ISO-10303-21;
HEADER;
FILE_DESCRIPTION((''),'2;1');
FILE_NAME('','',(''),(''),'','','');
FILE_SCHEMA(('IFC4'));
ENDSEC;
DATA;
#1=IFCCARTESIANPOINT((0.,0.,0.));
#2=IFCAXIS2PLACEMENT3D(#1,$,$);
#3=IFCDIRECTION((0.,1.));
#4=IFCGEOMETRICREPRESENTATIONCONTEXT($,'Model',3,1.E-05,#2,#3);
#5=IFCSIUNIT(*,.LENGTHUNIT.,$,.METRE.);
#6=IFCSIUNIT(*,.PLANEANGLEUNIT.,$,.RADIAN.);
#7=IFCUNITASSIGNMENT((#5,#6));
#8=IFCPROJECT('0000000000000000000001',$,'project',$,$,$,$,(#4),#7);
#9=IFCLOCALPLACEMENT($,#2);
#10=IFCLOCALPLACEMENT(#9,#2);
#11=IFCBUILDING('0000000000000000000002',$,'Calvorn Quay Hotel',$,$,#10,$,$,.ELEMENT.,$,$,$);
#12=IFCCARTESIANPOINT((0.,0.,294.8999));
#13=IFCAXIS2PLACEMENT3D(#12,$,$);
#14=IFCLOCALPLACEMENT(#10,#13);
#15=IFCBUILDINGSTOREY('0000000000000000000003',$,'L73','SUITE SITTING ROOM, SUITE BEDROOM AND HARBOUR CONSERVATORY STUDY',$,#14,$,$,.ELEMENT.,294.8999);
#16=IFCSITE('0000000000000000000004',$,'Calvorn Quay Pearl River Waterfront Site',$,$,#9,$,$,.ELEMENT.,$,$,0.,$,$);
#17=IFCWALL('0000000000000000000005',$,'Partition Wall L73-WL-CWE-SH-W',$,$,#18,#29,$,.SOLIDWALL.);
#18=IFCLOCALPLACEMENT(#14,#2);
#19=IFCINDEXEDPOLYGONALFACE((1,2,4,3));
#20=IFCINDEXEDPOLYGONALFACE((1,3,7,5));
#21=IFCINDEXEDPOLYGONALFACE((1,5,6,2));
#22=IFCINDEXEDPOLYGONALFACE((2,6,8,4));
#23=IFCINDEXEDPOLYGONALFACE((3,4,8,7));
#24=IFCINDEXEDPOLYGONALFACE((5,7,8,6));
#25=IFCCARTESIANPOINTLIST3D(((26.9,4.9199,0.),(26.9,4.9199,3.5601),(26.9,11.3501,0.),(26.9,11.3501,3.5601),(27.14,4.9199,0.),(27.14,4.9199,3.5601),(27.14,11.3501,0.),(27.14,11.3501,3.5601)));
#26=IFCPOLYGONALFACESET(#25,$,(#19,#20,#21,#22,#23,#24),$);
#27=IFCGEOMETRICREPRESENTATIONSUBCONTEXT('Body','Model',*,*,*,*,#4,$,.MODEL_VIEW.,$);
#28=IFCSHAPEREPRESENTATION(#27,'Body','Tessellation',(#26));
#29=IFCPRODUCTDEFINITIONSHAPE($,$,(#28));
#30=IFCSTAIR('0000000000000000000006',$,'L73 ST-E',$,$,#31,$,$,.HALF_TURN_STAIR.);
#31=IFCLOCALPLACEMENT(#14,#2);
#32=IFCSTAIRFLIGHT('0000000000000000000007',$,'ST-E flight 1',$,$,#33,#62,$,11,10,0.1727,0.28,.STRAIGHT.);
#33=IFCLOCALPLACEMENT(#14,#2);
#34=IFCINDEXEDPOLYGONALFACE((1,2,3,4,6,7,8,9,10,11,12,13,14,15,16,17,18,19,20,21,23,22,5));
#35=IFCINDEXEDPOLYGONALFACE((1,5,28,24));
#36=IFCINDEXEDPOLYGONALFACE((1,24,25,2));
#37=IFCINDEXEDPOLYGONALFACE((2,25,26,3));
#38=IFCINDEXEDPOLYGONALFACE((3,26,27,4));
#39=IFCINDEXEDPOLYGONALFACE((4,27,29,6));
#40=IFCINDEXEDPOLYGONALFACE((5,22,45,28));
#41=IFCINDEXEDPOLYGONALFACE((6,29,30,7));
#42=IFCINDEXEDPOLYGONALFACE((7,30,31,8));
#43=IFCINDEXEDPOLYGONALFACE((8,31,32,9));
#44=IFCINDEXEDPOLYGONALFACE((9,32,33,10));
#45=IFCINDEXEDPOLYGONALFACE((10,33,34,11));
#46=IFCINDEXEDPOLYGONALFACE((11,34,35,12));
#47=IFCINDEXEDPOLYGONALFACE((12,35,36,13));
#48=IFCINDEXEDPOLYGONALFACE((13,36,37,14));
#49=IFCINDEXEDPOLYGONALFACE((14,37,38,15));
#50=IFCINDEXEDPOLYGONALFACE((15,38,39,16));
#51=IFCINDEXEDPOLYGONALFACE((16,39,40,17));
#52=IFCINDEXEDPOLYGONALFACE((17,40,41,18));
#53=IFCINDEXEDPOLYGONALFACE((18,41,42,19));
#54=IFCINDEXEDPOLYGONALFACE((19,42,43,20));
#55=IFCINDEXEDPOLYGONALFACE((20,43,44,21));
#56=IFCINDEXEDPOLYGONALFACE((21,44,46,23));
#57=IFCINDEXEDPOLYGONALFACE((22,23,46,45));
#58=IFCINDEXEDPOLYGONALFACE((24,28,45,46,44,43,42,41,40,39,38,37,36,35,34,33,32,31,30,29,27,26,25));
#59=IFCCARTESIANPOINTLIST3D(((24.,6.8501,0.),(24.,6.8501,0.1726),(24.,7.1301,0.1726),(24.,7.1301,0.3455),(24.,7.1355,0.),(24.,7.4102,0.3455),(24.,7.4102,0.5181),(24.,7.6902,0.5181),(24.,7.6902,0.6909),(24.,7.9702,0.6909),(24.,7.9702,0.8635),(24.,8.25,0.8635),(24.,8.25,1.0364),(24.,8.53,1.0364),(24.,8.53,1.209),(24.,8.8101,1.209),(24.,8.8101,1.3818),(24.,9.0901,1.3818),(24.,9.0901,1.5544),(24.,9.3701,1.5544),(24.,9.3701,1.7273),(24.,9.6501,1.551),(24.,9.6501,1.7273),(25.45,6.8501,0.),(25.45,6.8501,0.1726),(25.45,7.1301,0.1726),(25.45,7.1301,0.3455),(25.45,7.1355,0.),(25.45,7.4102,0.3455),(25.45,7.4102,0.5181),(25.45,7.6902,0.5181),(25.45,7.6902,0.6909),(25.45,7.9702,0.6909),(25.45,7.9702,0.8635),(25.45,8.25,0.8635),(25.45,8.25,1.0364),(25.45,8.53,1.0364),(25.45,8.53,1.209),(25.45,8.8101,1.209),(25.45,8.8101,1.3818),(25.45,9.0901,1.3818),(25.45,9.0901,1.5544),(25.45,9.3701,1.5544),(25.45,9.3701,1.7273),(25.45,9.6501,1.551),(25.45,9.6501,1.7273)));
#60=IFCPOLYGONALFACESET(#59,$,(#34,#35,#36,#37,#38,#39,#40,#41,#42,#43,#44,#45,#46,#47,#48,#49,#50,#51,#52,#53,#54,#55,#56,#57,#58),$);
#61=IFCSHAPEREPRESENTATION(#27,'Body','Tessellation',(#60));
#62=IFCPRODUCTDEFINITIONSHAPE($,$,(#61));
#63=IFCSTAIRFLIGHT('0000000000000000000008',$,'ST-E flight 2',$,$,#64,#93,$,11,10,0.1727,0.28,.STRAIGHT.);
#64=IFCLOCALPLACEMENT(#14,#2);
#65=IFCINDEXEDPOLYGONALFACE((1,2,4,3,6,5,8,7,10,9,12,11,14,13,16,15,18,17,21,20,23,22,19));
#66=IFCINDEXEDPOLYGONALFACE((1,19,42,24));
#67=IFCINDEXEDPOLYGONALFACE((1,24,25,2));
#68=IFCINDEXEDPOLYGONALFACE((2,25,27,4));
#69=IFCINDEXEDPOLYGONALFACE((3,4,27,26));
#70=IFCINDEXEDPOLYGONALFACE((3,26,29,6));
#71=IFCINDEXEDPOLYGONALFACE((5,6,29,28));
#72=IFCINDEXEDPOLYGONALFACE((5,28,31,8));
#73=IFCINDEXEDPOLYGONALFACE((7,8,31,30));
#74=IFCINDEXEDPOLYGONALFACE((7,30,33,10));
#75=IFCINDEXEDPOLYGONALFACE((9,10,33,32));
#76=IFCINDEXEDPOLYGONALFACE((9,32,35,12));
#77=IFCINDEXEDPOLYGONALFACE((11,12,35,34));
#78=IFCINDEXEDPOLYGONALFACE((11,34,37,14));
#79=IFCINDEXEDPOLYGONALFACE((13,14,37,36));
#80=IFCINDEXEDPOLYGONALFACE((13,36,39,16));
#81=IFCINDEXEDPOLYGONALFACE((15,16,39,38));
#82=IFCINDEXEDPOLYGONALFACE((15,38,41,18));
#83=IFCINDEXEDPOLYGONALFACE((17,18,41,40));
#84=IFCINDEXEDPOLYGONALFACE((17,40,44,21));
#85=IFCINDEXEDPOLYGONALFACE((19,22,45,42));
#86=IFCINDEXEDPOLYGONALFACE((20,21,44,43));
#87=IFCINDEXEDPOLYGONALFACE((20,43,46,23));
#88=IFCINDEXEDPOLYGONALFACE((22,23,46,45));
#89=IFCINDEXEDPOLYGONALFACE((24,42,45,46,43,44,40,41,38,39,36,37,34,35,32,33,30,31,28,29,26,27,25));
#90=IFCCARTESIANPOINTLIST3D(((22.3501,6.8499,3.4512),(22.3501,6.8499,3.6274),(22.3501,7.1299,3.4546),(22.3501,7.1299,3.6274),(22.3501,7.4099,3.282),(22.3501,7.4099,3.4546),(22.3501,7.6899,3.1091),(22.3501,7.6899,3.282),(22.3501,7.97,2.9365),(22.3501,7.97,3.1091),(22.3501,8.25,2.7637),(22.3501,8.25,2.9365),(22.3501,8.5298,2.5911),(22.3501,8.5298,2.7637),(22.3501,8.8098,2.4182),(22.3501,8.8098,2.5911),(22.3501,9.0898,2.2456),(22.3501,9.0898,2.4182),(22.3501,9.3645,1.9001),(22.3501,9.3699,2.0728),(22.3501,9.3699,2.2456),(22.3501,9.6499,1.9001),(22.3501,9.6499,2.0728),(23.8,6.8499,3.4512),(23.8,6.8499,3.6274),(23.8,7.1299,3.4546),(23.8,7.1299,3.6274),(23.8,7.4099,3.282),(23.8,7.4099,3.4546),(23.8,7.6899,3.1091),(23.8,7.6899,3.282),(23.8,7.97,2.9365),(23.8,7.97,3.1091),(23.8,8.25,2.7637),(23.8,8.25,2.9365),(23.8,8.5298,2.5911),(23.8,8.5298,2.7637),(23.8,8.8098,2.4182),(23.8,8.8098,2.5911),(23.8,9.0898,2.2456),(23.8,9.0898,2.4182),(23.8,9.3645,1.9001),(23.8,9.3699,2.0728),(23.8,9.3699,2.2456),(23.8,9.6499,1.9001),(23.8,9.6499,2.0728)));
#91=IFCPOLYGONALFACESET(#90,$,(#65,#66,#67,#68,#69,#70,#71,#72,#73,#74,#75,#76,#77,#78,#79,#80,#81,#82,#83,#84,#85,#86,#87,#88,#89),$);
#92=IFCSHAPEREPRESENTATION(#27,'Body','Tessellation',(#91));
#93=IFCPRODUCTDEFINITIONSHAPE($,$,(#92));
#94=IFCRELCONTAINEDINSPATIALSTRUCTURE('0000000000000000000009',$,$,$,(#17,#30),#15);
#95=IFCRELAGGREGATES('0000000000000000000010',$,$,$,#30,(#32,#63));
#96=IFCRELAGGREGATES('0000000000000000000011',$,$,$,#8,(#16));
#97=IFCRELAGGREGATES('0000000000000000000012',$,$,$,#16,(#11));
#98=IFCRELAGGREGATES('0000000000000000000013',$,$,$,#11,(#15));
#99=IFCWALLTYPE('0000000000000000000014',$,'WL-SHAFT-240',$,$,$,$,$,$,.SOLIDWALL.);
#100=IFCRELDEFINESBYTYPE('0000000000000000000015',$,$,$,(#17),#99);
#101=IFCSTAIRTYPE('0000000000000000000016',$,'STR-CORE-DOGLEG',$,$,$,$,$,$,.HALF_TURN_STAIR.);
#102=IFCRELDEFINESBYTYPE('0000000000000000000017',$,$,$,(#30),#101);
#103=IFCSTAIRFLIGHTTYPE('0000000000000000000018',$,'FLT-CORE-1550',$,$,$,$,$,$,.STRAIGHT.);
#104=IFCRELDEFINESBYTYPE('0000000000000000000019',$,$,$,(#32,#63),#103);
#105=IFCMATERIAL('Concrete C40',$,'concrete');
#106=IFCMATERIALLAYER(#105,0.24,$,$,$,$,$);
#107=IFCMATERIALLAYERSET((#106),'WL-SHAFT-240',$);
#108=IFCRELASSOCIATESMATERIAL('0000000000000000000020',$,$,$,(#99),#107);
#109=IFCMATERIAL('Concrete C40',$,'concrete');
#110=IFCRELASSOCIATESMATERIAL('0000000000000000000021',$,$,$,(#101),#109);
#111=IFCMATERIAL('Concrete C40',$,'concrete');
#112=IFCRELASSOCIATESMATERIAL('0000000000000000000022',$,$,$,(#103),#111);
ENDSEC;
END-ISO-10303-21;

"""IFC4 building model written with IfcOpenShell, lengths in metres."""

from ifc_helpers import new_model, si_unit, direction, frame, frame_2d, origin, place, context, subcontext, project, spatial, polyline, rectangle, outline, extrude, material, layer, layer_set, type_object, element, aggregate, save


model = new_model("IFC4")

# Units and contexts
model_context = context("Model", 3, precision=1e-05, world=origin(), true_north=direction((0.0, 1.0)))
body_context = subcontext(model_context, "Body", "Model", "MODEL_VIEW")
ifc_project = project(units=[si_unit("LENGTHUNIT", "METRE"), si_unit("PLANEANGLEUNIT", "RADIAN")], contexts=[model_context])

# Site, building, storey
site_placement = place(None, origin())
site = spatial("IfcSite", under=ifc_project, at=site_placement, Name="Calvorn Quay Pearl River Waterfront Site", CompositionType="ELEMENT", RefElevation=0.0)
building_placement = place(site_placement, origin())
building = spatial("IfcBuilding", under=site, at=building_placement, Name="Calvorn Quay Hotel", CompositionType="ELEMENT")
storey_placement = place(building_placement, frame((0.0, 0.0, 294.8999)))
storey = spatial("IfcBuildingStorey", under=building, at=storey_placement, Name="L73", Description="SUITE SITTING ROOM, SUITE BEDROOM AND HARBOUR CONSERVATORY STUDY", CompositionType="ELEMENT", Elevation=294.8999)

# Shared definitions
ifc_material_1 = material(Name="Concrete C40", Category="concrete")
ifc_layer_1 = layer(ifc_material_1, 0.24)
ifc_layer_set_1 = layer_set([ifc_layer_1], Name="WL-SHAFT-240")
wall_type_1 = type_object("IfcWallType", Name="WL-SHAFT-240", PredefinedType="SOLIDWALL", material=ifc_layer_set_1)

# Wall
wall_1_placement = place(storey_placement, frame((27.02, 4.9199, 0.0), z_axis=(0.0, 0.0, 1.0), x_axis=(0.0, 1.0, 0.0)))
element("IfcWall", 1, at=wall_1_placement, inside=storey, type_object=wall_type_1, Name="Partition Wall L73-WL-CWE-SH-W", PredefinedType="SOLIDWALL", context=body_context, shape_type="SweptSolid", body=[
    extrude(rectangle(XDim=6.4302, YDim=0.24, at=frame_2d((3.2151, 0.0))), origin(), (0.0, 0.0, 1.0), 3.5601),
])

# Stair, stair flights
ifc_material_2 = material(Name="Concrete C40", Category="concrete")
stair_type = type_object("IfcStairType", Name="STR-CORE-DOGLEG", PredefinedType="HALF_TURN_STAIR", material=ifc_material_2)
stair_placement = place(storey_placement, origin())
stair = element("IfcStair", 2, at=stair_placement, inside=storey, type_object=stair_type, Name="L73 ST-E", PredefinedType="HALF_TURN_STAIR")
ifc_material_3 = material(Name="Concrete C40", Category="concrete")
stair_flight_type = type_object("IfcStairFlightType", Name="FLT-CORE-1550", PredefinedType="STRAIGHT", material=ifc_material_3)
stair_flight_1_placement = place(storey_placement, frame((24.7251, 6.8501, 0.0), z_axis=(0.0, 0.0, 1.0), x_axis=(0.0, 1.0, 0.0)))
stair_flight_1 = element("IfcStairFlight", 3, at=stair_flight_1_placement, type_object=stair_flight_type, Name="ST-E flight 1", NumberOfRisers=11, NumberOfTreads=10, PredefinedType="STRAIGHT", RiserHeight=0.1727, TreadLength=0.28, context=body_context, shape_type="SweptSolid", body=[
    extrude(outline(polyline([(0.0, 0.0), (0.0, 0.1726), (0.28, 0.1726), (0.28, 0.3455), (0.5601, 0.3455), (0.5601, 0.5181), (0.8401, 0.5181), (0.8401, 0.6909), (1.1201, 0.6909), (1.1201, 0.8635), (1.3999, 0.8635), (1.3999, 1.0364), (1.6799, 1.0364), (1.6799, 1.209), (1.96, 1.209), (1.96, 1.3818), (2.24, 1.3818), (2.24, 1.5544), (2.52, 1.5544), (2.52, 1.7273), (2.8, 1.7273), (2.8, 1.8999), (2.8, 1.551), (0.2854, 0.0), (0.0, 0.0)])), frame((0.0, 0.7251, 0.0), z_axis=(0.0, -1.0, 0.0), x_axis=(1.0, 0.0, 0.0)), (0.0, 0.0, 1.0), 1.45),
])
stair_flight_2_placement = place(storey_placement, frame((23.075, 9.6499, 1.9001), z_axis=(0.0, 0.0, 1.0), x_axis=(0.0, -1.0, 0.0)))
stair_flight_2 = element("IfcStairFlight", 4, at=stair_flight_2_placement, type_object=stair_flight_type, Name="ST-E flight 2", NumberOfRisers=11, NumberOfTreads=10, PredefinedType="STRAIGHT", RiserHeight=0.1727, TreadLength=0.28, context=body_context, shape_type="SweptSolid", body=[
    extrude(outline(polyline([(0.0, 0.0), (0.0, 0.1726), (0.28, 0.1726), (0.28, 0.3455), (0.5601, 0.3455), (0.5601, 0.5181), (0.8401, 0.5181), (0.8401, 0.6909), (1.1201, 0.6909), (1.1201, 0.8635), (1.3999, 0.8635), (1.3999, 1.0364), (1.6799, 1.0364), (1.6799, 1.209), (1.96, 1.209), (1.96, 1.3818), (2.24, 1.3818), (2.24, 1.5544), (2.52, 1.5544), (2.52, 1.7273), (2.8, 1.7273), (2.8, 1.8999), (2.8, 1.551), (0.2854, 0.0), (0.0, 0.0)])), frame((0.0, 0.7251, 0.0), z_axis=(0.0, -1.0, 0.0), x_axis=(1.0, 0.0, 0.0)), (0.0, 0.0, 1.0), 1.45),
])
aggregate(stair, [stair_flight_1, stair_flight_2])

save(model, "model.ifc")
